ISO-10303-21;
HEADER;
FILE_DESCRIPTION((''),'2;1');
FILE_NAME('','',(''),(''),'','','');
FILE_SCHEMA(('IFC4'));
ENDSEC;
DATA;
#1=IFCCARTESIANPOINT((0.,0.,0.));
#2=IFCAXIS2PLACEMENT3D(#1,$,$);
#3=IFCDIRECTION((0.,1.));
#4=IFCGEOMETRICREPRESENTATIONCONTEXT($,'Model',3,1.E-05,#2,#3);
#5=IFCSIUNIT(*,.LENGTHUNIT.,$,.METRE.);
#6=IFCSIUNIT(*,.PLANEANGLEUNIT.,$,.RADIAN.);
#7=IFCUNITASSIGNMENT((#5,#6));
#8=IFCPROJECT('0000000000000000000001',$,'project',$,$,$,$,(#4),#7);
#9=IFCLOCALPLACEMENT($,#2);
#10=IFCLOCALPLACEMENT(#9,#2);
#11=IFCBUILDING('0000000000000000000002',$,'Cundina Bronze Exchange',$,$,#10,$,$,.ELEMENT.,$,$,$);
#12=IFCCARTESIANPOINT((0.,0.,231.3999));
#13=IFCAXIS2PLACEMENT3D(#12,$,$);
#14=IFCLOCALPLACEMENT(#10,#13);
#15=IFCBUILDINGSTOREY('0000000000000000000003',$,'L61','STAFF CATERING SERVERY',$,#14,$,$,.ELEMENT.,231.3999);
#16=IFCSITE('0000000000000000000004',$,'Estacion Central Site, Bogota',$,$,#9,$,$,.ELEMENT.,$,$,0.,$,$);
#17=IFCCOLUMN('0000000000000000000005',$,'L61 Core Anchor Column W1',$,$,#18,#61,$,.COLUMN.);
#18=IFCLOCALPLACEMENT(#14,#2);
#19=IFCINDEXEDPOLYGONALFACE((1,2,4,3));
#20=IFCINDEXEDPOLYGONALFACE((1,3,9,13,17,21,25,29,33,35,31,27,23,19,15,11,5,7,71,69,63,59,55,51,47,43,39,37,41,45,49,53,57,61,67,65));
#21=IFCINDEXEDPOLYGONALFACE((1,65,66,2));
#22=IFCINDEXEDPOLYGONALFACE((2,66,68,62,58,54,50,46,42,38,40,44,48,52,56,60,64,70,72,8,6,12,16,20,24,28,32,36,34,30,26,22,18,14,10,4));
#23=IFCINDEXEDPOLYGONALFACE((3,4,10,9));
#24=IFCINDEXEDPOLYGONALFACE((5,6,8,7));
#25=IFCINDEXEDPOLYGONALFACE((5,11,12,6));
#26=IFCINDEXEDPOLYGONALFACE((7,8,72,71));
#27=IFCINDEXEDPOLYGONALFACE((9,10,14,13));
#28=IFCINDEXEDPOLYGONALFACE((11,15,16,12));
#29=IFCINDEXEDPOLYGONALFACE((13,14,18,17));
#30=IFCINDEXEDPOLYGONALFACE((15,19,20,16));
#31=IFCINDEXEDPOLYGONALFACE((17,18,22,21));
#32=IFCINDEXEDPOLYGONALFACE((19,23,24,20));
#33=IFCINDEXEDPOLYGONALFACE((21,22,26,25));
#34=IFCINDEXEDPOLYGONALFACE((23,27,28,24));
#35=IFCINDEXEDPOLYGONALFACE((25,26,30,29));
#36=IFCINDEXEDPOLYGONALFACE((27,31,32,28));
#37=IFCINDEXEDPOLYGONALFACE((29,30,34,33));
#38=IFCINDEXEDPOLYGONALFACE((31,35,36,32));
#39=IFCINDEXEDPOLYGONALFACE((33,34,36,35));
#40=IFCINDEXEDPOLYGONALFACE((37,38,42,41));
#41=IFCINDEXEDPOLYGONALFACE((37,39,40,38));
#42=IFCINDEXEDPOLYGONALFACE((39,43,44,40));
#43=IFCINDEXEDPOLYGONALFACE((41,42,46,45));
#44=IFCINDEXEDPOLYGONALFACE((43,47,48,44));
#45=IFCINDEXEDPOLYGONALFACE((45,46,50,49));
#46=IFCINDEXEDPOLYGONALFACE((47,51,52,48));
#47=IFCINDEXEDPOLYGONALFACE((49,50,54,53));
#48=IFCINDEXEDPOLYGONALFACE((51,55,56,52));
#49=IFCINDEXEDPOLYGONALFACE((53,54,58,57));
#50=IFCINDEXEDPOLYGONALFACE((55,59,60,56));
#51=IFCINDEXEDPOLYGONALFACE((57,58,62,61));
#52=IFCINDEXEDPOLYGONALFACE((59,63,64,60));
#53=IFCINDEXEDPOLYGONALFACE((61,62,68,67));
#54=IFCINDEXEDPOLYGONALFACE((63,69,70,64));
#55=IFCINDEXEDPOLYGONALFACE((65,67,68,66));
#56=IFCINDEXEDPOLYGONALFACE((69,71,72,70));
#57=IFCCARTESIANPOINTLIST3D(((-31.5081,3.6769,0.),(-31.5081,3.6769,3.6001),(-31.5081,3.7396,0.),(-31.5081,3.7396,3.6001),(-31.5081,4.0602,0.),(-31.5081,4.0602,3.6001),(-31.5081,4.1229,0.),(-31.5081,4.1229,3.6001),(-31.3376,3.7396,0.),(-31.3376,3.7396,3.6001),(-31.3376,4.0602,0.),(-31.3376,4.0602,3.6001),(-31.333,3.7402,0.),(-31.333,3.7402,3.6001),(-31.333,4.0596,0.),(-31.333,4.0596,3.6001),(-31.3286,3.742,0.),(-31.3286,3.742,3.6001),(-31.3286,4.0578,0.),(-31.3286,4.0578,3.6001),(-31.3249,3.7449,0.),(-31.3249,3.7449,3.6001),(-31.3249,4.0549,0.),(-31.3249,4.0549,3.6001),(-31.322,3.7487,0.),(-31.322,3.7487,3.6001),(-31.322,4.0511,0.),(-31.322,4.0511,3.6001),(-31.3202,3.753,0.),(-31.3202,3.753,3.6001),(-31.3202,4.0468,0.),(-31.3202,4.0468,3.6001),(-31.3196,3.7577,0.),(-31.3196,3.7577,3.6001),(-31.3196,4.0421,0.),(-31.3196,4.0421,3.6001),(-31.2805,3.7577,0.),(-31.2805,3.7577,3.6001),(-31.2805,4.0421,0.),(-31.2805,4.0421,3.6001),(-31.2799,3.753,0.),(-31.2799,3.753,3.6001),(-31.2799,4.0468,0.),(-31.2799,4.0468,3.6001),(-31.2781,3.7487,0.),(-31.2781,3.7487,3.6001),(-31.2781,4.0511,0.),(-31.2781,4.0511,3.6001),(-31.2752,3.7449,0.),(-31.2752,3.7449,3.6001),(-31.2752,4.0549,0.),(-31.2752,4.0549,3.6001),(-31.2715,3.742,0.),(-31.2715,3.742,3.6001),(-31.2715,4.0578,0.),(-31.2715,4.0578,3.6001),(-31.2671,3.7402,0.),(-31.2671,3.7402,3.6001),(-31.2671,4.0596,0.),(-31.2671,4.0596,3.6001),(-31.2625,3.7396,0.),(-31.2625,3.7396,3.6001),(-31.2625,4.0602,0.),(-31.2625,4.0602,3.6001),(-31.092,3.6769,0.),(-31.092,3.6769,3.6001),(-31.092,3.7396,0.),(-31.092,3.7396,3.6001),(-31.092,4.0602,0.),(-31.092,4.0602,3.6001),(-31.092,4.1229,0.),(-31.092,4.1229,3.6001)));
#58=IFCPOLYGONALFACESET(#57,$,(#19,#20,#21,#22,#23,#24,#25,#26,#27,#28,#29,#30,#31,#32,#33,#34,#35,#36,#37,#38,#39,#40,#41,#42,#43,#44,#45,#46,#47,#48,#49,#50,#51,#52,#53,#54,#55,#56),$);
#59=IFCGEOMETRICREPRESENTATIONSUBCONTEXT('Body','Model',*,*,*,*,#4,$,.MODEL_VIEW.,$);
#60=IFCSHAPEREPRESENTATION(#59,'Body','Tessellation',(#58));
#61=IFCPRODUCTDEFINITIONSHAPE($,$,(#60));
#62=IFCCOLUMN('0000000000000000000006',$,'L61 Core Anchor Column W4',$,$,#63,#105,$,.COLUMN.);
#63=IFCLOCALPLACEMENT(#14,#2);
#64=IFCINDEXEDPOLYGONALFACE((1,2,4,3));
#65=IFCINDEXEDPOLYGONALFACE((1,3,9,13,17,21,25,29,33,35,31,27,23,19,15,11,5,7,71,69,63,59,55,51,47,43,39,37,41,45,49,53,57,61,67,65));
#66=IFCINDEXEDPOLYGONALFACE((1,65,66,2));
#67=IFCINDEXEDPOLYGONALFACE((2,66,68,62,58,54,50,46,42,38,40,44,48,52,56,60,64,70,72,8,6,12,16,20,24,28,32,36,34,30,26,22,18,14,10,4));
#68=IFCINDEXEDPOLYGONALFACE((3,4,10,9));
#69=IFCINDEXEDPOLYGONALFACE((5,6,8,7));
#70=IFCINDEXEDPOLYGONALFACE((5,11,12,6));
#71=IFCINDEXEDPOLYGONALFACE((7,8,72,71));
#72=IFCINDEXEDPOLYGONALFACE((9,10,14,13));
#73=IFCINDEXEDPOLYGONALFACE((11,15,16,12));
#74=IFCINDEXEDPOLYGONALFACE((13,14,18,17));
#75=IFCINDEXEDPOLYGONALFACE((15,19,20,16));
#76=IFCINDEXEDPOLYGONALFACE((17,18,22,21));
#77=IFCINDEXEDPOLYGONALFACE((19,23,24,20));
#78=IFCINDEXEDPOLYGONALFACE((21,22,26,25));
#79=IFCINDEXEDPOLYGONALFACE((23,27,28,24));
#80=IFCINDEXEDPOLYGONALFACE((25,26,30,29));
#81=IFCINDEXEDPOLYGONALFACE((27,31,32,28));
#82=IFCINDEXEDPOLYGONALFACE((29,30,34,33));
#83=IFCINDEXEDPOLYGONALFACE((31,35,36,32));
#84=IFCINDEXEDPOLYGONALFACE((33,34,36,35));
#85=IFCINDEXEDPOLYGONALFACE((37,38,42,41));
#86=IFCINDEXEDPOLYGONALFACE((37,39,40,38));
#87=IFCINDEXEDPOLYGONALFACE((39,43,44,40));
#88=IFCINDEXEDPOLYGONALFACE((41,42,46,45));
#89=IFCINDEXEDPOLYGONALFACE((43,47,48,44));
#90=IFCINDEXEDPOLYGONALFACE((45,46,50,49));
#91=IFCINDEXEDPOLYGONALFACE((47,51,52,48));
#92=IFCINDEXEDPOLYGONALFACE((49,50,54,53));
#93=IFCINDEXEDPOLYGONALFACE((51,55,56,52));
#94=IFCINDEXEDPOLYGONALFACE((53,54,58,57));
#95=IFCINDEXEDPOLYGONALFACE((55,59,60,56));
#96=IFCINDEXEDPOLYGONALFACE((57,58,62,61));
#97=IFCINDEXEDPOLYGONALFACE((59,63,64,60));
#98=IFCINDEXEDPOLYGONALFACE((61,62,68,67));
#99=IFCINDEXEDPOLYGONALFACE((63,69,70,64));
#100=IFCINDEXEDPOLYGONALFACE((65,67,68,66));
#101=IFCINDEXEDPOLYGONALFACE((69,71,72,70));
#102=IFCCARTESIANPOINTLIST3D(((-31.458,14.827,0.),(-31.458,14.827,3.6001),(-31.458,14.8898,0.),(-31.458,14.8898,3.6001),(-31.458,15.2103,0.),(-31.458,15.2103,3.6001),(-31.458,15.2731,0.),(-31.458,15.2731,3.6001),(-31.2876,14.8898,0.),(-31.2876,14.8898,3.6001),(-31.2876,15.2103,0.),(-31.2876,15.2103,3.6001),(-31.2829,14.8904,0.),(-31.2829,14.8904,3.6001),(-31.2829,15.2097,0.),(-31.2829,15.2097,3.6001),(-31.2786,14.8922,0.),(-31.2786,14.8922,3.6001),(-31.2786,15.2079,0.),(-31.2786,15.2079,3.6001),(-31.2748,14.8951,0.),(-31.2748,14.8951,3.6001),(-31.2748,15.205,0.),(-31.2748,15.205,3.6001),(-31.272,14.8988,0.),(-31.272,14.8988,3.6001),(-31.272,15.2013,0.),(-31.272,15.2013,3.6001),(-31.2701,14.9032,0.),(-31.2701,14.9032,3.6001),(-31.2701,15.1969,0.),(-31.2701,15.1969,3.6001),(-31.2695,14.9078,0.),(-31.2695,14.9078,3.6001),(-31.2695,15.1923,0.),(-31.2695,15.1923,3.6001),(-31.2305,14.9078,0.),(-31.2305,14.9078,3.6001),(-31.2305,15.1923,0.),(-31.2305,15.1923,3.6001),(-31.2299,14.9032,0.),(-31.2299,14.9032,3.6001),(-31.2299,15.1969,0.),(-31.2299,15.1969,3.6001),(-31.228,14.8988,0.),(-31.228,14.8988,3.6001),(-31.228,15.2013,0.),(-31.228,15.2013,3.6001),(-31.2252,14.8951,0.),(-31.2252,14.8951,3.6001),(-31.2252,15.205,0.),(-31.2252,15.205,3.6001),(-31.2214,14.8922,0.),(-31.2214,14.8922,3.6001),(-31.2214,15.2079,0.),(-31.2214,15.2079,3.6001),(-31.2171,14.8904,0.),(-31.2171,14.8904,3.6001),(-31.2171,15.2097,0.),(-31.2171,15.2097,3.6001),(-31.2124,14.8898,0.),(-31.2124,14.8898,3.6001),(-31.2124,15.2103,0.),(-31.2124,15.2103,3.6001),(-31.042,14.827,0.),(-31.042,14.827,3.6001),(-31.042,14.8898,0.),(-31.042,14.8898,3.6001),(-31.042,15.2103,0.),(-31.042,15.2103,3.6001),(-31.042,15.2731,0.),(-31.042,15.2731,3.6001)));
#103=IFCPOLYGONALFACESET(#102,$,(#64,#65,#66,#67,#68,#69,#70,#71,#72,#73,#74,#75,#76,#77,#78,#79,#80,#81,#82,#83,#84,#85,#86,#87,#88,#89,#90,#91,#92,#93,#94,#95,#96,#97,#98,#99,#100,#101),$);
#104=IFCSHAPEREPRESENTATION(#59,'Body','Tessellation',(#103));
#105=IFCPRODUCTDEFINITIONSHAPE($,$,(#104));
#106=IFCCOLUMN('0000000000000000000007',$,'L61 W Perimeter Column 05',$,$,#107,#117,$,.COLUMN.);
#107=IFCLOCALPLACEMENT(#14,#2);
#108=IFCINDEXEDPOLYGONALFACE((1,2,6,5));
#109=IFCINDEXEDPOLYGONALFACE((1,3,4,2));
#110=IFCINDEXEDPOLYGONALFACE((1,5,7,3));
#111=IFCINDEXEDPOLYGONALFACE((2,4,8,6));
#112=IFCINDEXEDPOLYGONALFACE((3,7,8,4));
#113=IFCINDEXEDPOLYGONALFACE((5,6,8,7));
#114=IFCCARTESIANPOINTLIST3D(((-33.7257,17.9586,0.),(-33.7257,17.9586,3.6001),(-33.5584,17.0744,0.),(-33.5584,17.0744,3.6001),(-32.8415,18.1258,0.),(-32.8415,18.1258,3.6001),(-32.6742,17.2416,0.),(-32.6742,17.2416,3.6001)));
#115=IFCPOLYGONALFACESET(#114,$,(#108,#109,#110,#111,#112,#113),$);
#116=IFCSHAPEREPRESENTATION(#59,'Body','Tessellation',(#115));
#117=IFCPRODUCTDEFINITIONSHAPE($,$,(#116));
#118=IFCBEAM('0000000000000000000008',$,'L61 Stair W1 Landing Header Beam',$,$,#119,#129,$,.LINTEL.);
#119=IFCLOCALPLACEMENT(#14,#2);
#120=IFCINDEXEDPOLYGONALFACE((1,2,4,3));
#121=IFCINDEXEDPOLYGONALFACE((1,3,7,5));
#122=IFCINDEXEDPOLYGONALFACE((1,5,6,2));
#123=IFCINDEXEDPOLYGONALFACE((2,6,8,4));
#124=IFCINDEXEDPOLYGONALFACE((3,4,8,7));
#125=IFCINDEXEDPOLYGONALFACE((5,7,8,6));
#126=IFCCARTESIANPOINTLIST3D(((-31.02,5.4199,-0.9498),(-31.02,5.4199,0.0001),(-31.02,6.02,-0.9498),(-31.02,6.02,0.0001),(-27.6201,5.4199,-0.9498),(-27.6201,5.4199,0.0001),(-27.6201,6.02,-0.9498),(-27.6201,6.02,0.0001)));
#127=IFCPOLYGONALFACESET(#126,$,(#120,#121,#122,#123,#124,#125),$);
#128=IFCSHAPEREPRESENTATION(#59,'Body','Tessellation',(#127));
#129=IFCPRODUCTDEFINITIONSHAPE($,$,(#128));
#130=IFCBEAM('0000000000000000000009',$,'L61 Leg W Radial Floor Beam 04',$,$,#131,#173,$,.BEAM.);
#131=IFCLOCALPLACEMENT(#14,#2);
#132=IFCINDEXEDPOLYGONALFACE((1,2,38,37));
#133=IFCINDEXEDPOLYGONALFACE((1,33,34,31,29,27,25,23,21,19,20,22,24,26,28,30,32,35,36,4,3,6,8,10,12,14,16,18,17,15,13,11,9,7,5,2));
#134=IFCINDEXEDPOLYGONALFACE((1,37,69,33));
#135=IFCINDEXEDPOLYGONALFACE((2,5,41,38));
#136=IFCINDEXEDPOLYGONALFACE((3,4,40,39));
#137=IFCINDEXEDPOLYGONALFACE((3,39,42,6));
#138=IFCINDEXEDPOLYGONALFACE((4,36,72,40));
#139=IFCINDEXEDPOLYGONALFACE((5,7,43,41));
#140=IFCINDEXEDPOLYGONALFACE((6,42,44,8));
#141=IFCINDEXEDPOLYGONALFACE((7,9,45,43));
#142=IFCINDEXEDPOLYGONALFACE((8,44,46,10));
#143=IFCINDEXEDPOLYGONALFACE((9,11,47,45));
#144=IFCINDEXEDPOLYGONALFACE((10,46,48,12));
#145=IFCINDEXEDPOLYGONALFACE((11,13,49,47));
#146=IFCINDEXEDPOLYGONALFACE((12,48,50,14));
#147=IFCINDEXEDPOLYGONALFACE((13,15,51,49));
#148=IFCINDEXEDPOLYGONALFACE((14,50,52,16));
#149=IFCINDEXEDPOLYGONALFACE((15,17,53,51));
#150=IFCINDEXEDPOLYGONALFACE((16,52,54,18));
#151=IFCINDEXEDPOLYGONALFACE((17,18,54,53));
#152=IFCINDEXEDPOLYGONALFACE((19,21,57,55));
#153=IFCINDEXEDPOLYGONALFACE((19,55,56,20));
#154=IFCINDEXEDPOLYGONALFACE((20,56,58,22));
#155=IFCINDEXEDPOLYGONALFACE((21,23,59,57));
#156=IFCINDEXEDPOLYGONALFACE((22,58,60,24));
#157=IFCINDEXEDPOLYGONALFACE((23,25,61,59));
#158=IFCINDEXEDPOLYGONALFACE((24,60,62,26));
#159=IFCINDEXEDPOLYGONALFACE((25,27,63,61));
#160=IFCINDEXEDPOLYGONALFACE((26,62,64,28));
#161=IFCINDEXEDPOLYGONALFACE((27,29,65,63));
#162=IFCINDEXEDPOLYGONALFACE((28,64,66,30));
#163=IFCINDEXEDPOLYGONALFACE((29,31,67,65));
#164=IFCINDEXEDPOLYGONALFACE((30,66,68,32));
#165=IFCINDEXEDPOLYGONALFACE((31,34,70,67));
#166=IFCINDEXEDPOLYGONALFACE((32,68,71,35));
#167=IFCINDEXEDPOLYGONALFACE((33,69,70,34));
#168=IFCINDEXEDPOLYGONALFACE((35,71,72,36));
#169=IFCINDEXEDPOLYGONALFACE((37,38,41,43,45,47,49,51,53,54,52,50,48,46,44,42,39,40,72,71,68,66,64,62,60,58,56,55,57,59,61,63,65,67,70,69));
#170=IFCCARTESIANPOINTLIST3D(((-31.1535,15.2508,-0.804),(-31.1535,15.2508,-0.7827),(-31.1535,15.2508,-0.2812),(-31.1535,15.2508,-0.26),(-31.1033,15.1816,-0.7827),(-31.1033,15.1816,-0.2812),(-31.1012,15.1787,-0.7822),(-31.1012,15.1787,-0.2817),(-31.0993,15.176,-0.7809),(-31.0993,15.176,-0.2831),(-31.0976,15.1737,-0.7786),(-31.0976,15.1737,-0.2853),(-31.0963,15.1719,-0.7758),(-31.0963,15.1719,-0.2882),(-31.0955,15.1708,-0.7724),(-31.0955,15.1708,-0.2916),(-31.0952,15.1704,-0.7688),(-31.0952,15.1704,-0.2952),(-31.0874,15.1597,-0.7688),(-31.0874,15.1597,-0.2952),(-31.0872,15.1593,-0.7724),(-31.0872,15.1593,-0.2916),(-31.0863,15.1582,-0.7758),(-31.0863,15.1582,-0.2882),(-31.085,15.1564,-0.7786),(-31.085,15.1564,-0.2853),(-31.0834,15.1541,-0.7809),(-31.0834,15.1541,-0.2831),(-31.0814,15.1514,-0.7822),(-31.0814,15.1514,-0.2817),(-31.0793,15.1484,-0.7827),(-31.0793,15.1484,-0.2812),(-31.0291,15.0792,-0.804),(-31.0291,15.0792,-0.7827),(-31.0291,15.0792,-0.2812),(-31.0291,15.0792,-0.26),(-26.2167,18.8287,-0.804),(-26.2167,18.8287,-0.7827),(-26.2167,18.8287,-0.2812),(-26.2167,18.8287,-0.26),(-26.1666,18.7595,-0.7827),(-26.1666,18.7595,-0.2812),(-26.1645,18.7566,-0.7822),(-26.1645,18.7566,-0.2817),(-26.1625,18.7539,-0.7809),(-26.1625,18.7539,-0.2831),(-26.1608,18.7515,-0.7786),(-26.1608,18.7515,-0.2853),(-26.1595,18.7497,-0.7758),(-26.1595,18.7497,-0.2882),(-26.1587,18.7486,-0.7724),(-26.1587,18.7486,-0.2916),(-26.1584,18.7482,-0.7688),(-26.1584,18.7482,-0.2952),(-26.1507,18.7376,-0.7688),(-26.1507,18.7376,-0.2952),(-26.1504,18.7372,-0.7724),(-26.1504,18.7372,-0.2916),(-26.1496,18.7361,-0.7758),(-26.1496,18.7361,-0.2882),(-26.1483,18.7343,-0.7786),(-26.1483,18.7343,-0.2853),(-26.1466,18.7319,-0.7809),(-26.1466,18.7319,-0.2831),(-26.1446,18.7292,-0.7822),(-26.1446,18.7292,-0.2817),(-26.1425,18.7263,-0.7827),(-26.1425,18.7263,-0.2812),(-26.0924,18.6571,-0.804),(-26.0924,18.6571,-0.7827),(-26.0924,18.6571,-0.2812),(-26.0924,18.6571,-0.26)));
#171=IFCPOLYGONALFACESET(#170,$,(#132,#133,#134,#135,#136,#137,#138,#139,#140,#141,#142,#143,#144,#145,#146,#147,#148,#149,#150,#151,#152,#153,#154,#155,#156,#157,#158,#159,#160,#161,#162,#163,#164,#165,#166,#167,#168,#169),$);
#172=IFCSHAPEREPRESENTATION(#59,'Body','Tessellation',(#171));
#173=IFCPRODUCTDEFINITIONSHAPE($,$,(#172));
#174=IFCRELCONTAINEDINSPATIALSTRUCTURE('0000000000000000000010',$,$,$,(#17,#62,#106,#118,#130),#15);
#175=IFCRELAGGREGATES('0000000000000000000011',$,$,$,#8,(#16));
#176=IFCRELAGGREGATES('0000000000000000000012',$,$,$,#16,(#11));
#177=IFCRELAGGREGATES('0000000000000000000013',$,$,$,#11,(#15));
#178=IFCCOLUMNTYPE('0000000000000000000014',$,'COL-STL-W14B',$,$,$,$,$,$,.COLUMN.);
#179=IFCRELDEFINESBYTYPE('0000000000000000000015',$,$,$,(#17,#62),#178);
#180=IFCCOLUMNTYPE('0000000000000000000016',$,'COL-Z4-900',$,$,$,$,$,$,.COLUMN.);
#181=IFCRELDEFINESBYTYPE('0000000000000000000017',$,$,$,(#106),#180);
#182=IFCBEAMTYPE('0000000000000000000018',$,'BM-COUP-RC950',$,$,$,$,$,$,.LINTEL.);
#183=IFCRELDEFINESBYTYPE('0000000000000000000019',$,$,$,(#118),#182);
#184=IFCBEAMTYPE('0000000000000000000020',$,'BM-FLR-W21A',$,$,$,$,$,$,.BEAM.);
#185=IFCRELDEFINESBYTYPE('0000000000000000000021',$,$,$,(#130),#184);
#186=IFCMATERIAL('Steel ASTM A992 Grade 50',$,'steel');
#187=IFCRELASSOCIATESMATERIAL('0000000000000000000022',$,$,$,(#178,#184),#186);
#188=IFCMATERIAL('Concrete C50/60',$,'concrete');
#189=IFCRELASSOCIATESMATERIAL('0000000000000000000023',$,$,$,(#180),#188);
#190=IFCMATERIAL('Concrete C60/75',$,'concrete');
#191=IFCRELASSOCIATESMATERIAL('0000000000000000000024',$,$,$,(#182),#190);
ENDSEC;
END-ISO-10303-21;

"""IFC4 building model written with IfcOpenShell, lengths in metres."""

from ifc_helpers import new_model, si_unit, direction, frame, origin, origin_2d, place, context, subcontext, project, spatial, rectangle, i_section, extrude, material, material_profile, profile_set, type_object, element, save


model = new_model("IFC4")

# Units and contexts
model_context = context("Model", 3, precision=1e-05, world=origin(), true_north=direction((0.0, 1.0)))
body_context = subcontext(model_context, "Body", "Model", "MODEL_VIEW")
ifc_project = project(units=[si_unit("LENGTHUNIT", "METRE"), si_unit("PLANEANGLEUNIT", "RADIAN")], contexts=[model_context])

# Site, building, storey
site_placement = place(None, origin())
site = spatial("IfcSite", under=ifc_project, at=site_placement, Name="Estacion Central Site, Bogota", CompositionType="ELEMENT", RefElevation=0.0)
building_placement = place(site_placement, origin())
building = spatial("IfcBuilding", under=site, at=building_placement, Name="Cundina Bronze Exchange", CompositionType="ELEMENT")
storey_placement = place(building_placement, frame((0.0, 0.0, 231.3999)))
storey = spatial("IfcBuildingStorey", under=building, at=storey_placement, Name="L61", Description="STAFF CATERING SERVERY", CompositionType="ELEMENT", Elevation=231.3999)

# Columns
ifc_material_1 = material(Name="Steel ASTM A992 Grade 50", Category="steel")
ifc_material_profile_1 = material_profile(ifc_material_1, i_section(OverallWidth=0.416, OverallDepth=0.446, WebThickness=0.0391, FlangeThickness=0.0627, FilletRadius=0.0181, at=origin_2d()), Name="W14X342", Category="steel")
ifc_profile_set_1 = profile_set([ifc_material_profile_1], Name="Steel ASTM A992 Grade 50")
column_type_1 = type_object("IfcColumnType", Name="COL-STL-W14B", PredefinedType="COLUMN", material=ifc_profile_set_1)
for number, where, z_axis, x_axis, name in (
    (1, (-31.3, 3.8999, 0.0), (0.0, 0.0, 1.0), (1.0, 0.0, 0.0), "L61 Core Anchor Column W1"),
    (2, (-31.25, 15.05, 0.0), (0.0, 0.0, 1.0), (1.0, 0.0, 0.0), "L61 Core Anchor Column W4"),
):
    element("IfcColumn", number, at=place(storey_placement, frame(where, z_axis=z_axis, x_axis=x_axis)), inside=storey, type_object=column_type_1, Name=name, PredefinedType="COLUMN", context=body_context, shape_type="SweptSolid", body=[
        extrude(i_section(OverallWidth=0.416, OverallDepth=0.446, WebThickness=0.0391, FlangeThickness=0.0627, FilletRadius=0.0181, at=origin_2d()), origin(), (0.0, 0.0, 1.0), 3.6001),
    ])
ifc_material_2 = material(Name="Concrete C50/60", Category="concrete")
ifc_material_profile_2 = material_profile(ifc_material_2, rectangle(XDim=0.8999, YDim=0.8999, at=origin_2d()), Name="RC900X900", Category="concrete")
ifc_profile_set_2 = profile_set([ifc_material_profile_2], Name="Concrete C50/60")
column_type_2 = type_object("IfcColumnType", Name="COL-Z4-900", PredefinedType="COLUMN", material=ifc_profile_set_2)
column_placement = place(storey_placement, frame((-33.2, 17.6001, 0.0), z_axis=(0.0, 0.0, 1.0), x_axis=(-0.98258, -0.185838, 0.0)))
element("IfcColumn", 3, at=column_placement, inside=storey, type_object=column_type_2, Name="L61 W Perimeter Column 05", PredefinedType="COLUMN", context=body_context, shape_type="SweptSolid", body=[
    extrude(rectangle(XDim=0.8999, YDim=0.8999, at=origin_2d()), origin(), (0.0, 0.0, 1.0), 3.6001),
])

# Beams
ifc_material_3 = material(Name="Concrete C60/75", Category="concrete")
ifc_material_profile_3 = material_profile(ifc_material_3, rectangle(XDim=0.6001, YDim=0.95, at=origin_2d()), Name="RC600X950", Category="concrete")
ifc_profile_set_3 = profile_set([ifc_material_profile_3], Name="Concrete C60/75")
beam_type_1 = type_object("IfcBeamType", Name="BM-COUP-RC950", PredefinedType="LINTEL", material=ifc_profile_set_3)
beam_1_placement = place(storey_placement, frame((-31.02, 5.72, -0.4749), z_axis=(1.0, 0.0, 0.0), x_axis=(0.0, 1.0, 0.0)))
element("IfcBeam", 4, at=beam_1_placement, inside=storey, type_object=beam_type_1, Name="L61 Stair W1 Landing Header Beam", PredefinedType="LINTEL", context=body_context, shape_type="SweptSolid", body=[
    extrude(rectangle(XDim=0.6001, YDim=0.95, at=origin_2d()), origin(), (0.0, 0.0, 1.0), 3.3999),
])
ifc_material_profile_4 = material_profile(ifc_material_1, i_section(OverallWidth=0.2119, OverallDepth=0.5439, WebThickness=0.0132, FlangeThickness=0.0212, FilletRadius=0.0139, at=origin_2d()), Name="W21X83", Category="steel")
ifc_profile_set_4 = profile_set([ifc_material_profile_4], Name="Steel ASTM A992 Grade 50")
beam_type_2 = type_object("IfcBeamType", Name="BM-FLR-W21A", PredefinedType="BEAM", material=ifc_profile_set_4)
beam_2_placement = place(storey_placement, frame((-31.0913, 15.165, -0.532), z_axis=(0.80971, 0.58683, 0.0), x_axis=(-0.58683, 0.80971, 0.0)))
element("IfcBeam", 5, at=beam_2_placement, inside=storey, type_object=beam_type_2, Name="L61 Leg W Radial Floor Beam 04", PredefinedType="BEAM", context=body_context, shape_type="SweptSolid", body=[
    extrude(i_section(OverallWidth=0.2119, OverallDepth=0.5439, WebThickness=0.0132, FlangeThickness=0.0212, FilletRadius=0.0139, at=origin_2d()), origin(), (0.0, 0.0, 1.0), 6.0969),
])

save(model, "model.ifc")
